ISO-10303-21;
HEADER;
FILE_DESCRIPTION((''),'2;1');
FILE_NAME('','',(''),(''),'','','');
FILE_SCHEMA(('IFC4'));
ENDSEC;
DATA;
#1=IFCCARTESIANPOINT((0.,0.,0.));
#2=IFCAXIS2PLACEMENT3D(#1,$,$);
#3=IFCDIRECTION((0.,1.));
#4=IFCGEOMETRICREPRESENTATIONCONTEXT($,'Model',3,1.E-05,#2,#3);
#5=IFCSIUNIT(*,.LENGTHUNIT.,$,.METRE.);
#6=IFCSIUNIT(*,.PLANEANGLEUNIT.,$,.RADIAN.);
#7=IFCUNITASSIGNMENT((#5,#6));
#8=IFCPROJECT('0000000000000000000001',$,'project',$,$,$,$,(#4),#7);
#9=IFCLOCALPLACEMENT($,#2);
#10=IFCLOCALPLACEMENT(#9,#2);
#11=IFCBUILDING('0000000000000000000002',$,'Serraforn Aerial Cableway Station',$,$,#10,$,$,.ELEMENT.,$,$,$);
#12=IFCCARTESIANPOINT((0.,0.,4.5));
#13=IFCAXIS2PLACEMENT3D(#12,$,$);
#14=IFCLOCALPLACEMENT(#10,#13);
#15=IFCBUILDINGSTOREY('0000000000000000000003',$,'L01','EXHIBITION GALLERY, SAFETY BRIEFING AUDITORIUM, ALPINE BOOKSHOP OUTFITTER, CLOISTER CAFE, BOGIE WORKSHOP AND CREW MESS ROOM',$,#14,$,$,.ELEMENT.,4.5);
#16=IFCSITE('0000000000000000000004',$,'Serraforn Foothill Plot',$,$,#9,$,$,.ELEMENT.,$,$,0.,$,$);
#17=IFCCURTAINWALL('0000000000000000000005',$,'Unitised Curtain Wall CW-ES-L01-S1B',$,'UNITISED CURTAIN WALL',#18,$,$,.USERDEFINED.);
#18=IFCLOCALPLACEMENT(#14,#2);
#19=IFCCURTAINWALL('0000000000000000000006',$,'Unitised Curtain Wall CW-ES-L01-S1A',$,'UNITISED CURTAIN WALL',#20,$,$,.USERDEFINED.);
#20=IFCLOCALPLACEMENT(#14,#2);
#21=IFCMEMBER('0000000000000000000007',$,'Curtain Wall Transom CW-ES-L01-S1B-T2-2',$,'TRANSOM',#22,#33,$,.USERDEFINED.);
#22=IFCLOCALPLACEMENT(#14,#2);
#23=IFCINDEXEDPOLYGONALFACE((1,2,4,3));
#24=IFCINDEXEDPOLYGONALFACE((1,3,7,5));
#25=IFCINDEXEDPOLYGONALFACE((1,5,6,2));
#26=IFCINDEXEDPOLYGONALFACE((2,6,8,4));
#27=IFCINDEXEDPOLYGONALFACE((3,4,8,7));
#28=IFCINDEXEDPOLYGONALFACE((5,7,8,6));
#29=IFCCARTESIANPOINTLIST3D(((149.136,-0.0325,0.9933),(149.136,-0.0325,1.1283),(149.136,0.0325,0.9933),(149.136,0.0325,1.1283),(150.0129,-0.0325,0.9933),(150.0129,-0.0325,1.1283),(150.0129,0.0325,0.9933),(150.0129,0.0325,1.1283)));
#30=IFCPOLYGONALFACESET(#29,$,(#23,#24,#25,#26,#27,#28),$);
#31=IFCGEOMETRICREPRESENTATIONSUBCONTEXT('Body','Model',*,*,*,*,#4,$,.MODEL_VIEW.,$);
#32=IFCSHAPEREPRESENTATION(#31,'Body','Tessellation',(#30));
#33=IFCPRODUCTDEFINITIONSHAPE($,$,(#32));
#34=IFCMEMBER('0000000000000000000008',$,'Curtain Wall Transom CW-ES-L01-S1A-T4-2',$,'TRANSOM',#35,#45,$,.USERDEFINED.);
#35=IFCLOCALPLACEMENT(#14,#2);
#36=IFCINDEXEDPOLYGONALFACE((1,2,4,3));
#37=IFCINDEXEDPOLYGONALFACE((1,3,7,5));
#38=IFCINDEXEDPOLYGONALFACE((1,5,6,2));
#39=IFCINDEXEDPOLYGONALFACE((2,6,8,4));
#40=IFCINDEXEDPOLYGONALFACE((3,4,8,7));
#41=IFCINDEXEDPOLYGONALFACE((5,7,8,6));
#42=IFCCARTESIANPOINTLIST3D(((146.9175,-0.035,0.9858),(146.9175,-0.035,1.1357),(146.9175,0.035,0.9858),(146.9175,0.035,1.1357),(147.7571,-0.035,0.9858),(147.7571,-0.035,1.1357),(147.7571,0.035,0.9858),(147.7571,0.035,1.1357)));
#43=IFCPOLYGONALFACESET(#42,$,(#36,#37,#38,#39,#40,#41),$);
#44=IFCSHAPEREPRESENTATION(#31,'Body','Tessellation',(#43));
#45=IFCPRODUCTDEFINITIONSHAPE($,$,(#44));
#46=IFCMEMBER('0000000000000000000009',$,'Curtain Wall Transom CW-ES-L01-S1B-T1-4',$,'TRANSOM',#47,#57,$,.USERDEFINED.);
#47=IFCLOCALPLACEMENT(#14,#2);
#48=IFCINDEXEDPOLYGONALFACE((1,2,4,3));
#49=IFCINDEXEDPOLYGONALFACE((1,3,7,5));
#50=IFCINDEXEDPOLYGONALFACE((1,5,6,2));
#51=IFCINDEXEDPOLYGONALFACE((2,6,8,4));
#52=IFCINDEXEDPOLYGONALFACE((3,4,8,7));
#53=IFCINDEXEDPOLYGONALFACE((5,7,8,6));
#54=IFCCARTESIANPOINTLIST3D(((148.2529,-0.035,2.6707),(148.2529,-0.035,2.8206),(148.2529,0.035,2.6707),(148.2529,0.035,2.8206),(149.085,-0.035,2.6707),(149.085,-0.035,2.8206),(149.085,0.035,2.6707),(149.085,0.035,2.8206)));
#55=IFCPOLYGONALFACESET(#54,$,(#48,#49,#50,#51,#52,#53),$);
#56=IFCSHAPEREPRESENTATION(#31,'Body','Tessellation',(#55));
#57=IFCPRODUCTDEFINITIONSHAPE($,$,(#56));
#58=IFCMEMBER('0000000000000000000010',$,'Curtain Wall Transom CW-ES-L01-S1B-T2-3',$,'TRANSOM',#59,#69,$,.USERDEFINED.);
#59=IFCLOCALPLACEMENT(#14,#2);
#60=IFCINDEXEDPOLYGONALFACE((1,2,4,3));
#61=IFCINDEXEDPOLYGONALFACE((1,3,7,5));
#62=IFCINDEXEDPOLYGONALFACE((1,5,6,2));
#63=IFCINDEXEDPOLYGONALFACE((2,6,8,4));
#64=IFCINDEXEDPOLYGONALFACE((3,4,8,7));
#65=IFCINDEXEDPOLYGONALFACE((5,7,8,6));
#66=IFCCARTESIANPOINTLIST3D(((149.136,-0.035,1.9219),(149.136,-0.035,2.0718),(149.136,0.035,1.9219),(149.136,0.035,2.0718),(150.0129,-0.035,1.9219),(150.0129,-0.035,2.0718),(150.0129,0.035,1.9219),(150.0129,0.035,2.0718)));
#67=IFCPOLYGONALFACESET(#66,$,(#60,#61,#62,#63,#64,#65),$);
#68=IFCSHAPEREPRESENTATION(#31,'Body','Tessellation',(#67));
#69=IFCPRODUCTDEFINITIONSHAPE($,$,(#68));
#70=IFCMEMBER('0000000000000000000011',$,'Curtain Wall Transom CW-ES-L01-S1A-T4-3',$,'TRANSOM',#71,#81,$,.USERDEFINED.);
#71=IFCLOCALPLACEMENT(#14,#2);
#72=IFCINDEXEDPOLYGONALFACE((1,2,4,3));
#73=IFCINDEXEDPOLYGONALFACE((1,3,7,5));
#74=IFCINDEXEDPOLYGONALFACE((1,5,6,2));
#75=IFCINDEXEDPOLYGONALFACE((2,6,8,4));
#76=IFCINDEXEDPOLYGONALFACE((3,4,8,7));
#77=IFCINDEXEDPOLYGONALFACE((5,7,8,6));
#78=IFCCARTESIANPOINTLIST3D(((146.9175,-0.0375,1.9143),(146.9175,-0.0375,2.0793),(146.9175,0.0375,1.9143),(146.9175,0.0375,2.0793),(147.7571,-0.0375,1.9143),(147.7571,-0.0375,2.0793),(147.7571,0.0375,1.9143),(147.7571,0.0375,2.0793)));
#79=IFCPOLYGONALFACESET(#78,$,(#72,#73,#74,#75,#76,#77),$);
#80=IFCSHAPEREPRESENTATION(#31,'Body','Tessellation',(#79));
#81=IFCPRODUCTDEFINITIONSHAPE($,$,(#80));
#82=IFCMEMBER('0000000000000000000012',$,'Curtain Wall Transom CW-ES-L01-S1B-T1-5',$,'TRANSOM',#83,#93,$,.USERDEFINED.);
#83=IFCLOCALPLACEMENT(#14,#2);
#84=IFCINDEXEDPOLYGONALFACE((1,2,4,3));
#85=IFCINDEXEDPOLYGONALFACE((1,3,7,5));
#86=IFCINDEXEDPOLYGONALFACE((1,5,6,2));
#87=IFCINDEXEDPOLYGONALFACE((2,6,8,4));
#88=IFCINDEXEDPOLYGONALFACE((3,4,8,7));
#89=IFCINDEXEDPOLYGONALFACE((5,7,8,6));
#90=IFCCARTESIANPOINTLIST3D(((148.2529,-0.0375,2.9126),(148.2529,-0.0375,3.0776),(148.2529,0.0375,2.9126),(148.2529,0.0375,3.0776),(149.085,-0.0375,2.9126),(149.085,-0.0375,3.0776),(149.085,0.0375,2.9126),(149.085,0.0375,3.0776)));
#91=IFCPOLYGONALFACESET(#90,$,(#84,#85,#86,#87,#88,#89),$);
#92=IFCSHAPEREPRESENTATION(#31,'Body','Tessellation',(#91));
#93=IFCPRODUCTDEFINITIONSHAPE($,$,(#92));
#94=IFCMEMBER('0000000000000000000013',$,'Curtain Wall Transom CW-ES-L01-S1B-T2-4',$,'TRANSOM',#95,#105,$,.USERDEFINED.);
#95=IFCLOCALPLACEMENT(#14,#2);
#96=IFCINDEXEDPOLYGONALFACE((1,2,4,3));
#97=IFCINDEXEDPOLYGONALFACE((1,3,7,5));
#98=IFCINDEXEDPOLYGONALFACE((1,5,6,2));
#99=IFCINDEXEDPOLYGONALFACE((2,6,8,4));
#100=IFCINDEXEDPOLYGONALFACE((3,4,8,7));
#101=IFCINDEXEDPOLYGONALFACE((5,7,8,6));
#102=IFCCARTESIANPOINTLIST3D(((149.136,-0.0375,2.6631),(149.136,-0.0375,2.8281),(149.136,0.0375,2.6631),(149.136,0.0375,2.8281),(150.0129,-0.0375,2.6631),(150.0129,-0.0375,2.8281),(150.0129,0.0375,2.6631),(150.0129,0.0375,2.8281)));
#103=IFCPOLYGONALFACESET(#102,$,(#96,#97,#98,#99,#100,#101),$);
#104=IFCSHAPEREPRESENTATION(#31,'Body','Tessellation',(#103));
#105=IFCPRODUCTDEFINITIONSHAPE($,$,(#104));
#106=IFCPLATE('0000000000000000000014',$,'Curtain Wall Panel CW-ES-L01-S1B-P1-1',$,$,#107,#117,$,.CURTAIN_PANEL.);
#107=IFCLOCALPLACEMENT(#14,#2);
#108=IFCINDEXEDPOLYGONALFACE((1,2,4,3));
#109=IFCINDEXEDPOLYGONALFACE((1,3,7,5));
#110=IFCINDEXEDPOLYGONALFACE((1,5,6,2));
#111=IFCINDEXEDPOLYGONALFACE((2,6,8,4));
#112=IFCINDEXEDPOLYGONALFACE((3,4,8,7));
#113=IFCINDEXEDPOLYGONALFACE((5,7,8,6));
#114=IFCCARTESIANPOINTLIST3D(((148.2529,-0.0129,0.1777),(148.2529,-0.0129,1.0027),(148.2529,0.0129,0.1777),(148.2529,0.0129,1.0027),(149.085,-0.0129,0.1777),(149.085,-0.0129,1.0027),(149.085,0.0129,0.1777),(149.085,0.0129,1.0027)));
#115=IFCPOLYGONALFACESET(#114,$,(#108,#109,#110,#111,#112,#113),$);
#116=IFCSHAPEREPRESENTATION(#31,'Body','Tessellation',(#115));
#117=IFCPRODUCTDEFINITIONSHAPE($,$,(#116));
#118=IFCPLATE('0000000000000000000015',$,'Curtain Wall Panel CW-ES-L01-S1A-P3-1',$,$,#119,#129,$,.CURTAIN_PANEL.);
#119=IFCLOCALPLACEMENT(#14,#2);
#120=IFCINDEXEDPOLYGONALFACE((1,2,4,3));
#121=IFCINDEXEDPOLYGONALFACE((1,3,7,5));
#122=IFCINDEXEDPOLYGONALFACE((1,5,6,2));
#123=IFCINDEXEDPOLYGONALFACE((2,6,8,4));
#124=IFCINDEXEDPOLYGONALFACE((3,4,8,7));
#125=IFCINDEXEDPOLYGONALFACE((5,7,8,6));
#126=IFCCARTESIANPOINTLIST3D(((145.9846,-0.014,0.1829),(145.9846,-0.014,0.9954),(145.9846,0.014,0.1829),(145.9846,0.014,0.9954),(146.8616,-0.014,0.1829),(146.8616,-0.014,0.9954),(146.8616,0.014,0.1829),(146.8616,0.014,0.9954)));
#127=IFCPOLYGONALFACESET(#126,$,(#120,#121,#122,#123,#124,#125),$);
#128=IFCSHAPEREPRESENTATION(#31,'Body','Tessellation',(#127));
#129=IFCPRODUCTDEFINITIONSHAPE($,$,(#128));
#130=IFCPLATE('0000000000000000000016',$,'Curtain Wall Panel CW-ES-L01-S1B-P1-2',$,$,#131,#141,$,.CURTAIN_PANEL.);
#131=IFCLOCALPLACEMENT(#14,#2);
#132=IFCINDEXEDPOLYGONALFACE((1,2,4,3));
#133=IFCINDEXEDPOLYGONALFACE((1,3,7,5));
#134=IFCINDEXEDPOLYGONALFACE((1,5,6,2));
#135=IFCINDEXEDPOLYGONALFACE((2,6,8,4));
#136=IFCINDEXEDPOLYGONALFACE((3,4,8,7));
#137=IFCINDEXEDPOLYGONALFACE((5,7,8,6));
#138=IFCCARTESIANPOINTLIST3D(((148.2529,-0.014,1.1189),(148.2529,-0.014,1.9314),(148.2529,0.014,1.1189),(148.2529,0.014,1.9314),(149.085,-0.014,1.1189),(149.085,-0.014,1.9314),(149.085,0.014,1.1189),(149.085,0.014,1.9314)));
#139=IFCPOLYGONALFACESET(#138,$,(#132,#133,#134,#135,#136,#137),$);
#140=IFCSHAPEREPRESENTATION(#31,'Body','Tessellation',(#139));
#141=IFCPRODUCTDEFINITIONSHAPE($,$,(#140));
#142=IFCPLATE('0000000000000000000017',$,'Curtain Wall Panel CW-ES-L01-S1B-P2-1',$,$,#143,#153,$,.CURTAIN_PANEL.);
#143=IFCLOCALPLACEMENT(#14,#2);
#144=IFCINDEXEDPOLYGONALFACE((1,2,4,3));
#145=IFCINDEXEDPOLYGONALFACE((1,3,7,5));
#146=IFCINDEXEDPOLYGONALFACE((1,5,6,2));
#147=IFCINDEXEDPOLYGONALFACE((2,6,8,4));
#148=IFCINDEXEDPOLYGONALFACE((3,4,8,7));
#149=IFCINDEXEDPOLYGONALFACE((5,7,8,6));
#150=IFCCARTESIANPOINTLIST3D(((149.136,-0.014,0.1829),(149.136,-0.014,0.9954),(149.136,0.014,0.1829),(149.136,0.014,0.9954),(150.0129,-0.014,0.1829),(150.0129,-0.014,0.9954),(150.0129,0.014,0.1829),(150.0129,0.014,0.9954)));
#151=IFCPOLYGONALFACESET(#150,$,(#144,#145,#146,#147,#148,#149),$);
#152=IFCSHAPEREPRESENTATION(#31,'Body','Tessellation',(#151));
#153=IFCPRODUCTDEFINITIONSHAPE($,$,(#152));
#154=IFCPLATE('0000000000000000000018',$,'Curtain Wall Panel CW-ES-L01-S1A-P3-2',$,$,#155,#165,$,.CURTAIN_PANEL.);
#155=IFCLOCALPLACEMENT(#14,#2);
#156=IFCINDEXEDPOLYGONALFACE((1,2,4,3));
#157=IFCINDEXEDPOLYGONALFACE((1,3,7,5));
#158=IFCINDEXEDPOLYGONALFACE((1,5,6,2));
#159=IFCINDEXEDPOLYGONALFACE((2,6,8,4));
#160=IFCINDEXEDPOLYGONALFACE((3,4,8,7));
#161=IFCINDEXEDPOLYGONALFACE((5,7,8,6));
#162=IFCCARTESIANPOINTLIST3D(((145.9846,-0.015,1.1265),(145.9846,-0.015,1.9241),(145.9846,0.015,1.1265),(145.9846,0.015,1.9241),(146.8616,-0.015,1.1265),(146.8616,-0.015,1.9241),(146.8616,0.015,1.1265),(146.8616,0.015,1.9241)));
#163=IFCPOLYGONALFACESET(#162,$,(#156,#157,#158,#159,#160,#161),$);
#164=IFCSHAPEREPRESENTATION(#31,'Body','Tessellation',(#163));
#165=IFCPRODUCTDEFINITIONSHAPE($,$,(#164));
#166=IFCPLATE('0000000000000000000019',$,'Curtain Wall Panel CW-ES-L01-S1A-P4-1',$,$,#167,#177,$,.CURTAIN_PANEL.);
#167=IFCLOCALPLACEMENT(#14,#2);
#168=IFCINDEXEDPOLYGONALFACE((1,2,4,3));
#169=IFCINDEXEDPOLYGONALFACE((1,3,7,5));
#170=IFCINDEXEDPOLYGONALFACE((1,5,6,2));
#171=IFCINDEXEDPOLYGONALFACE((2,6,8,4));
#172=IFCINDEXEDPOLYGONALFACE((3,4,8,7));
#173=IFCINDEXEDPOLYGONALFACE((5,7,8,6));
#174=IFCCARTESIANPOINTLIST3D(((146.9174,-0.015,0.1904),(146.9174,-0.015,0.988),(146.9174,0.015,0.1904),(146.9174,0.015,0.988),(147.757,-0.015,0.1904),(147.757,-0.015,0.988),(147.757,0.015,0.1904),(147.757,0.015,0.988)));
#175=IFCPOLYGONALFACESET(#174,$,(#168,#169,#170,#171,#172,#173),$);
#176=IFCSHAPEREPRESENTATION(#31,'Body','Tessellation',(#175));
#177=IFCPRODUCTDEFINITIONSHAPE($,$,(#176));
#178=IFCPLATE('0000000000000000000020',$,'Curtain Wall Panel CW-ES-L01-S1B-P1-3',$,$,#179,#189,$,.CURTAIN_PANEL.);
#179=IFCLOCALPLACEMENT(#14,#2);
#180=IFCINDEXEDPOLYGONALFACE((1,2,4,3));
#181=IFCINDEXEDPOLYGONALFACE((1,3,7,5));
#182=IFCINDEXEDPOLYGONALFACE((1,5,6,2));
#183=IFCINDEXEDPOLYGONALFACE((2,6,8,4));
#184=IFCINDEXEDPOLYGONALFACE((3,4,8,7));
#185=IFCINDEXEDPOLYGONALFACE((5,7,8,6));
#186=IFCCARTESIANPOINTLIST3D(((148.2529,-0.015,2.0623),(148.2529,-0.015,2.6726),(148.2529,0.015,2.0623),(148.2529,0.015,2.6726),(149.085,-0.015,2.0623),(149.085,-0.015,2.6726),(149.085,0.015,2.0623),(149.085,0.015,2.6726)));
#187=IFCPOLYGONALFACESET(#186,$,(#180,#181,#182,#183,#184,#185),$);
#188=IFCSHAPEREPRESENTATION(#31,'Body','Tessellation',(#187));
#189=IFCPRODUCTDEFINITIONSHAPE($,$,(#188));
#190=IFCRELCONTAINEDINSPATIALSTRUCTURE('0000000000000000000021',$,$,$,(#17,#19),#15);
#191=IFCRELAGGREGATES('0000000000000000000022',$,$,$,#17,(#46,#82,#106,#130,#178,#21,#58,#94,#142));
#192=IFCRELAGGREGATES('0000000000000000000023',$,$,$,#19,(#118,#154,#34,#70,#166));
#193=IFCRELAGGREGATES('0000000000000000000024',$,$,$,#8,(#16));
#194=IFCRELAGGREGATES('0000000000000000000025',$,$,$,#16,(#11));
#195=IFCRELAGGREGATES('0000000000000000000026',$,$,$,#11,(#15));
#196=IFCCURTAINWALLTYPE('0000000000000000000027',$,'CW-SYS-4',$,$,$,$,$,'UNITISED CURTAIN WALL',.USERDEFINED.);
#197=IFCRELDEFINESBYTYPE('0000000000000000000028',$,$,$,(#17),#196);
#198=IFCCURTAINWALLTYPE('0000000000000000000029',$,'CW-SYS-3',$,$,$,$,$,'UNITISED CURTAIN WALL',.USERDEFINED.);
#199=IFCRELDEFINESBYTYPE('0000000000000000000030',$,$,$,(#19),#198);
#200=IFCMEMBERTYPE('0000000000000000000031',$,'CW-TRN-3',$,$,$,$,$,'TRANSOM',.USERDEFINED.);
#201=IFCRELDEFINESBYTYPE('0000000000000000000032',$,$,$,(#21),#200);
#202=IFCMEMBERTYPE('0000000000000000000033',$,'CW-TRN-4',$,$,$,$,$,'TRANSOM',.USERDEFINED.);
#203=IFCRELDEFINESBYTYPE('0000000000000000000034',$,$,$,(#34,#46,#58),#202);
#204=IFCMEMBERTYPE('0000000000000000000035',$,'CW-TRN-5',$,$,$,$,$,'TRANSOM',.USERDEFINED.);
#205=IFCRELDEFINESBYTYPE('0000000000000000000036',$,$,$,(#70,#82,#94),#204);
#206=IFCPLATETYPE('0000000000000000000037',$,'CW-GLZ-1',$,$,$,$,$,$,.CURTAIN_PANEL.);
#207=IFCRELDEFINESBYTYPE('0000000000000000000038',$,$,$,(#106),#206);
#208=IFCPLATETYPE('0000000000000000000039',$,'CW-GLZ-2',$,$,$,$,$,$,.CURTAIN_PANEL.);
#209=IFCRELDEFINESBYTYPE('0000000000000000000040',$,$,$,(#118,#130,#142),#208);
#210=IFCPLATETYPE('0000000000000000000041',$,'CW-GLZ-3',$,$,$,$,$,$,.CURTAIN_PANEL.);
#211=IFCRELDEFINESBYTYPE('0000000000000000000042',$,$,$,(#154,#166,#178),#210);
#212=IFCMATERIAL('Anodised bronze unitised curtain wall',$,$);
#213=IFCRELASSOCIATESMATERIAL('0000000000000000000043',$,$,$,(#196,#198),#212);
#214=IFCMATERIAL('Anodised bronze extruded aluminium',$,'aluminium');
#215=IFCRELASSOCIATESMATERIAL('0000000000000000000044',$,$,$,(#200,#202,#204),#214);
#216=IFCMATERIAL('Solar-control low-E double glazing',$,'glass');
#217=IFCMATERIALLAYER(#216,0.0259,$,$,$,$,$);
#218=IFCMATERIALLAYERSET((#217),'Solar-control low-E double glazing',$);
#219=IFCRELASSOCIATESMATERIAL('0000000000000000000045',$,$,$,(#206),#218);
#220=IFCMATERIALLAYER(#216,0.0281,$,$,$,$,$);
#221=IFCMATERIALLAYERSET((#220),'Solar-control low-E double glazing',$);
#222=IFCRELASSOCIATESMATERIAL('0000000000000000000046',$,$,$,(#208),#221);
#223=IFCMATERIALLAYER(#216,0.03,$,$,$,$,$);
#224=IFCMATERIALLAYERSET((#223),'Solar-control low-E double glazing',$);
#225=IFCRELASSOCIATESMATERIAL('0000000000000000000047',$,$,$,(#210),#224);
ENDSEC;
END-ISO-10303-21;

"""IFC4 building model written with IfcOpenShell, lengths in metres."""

from ifc_helpers import new_model, si_unit, direction, frame, origin, origin_2d, place, context, subcontext, project, spatial, rectangle, extrude, material, layer, layer_set, material_profile, profile_set, type_object, element, aggregate, save


model = new_model("IFC4")

# Units and contexts
model_context = context("Model", 3, precision=1e-05, world=origin(), true_north=direction((0.0, 1.0)))
body_context = subcontext(model_context, "Body", "Model", "MODEL_VIEW")
ifc_project = project(units=[si_unit("LENGTHUNIT", "METRE"), si_unit("PLANEANGLEUNIT", "RADIAN")], contexts=[model_context])

# Site, building, storey
site_placement = place(None, origin())
site = spatial("IfcSite", under=ifc_project, at=site_placement, Name="Serraforn Foothill Plot", CompositionType="ELEMENT", RefElevation=0.0)
building_placement = place(site_placement, origin())
building = spatial("IfcBuilding", under=site, at=building_placement, Name="Serraforn Aerial Cableway Station", CompositionType="ELEMENT")
storey_placement = place(building_placement, frame((0.0, 0.0, 4.5)))
storey = spatial("IfcBuildingStorey", under=building, at=storey_placement, Name="L01", Description="EXHIBITION GALLERY, SAFETY BRIEFING AUDITORIUM, ALPINE BOOKSHOP OUTFITTER, CLOISTER CAFE, BOGIE WORKSHOP AND CREW MESS ROOM", CompositionType="ELEMENT", Elevation=4.5)

# Curtain wall
ifc_material_1 = material(Name="Anodised bronze unitised curtain wall")
curtain_wall_type_1 = type_object("IfcCurtainWallType", Name="CW-SYS-4", ElementType="UNITISED CURTAIN WALL", PredefinedType="USERDEFINED", material=ifc_material_1)
curtain_wall_1_placement = place(storey_placement, origin())
curtain_wall_1 = element("IfcCurtainWall", 1, at=curtain_wall_1_placement, inside=storey, type_object=curtain_wall_type_1, Name="Unitised Curtain Wall CW-ES-L01-S1B", ObjectType="UNITISED CURTAIN WALL", PredefinedType="USERDEFINED")
ifc_material_2 = material(Name="Anodised bronze extruded aluminium", Category="aluminium")

# Curtain wall
curtain_wall_type_2 = type_object("IfcCurtainWallType", Name="CW-SYS-3", ElementType="UNITISED CURTAIN WALL", PredefinedType="USERDEFINED", material=ifc_material_1)
curtain_wall_2_placement = place(storey_placement, origin())
curtain_wall_2 = element("IfcCurtainWall", 2, at=curtain_wall_2_placement, inside=storey, type_object=curtain_wall_type_2, Name="Unitised Curtain Wall CW-ES-L01-S1A", ObjectType="UNITISED CURTAIN WALL", PredefinedType="USERDEFINED")

# Members
ifc_material_profile_1 = material_profile(ifc_material_2, rectangle(XDim=0.0649, YDim=0.135, at=origin_2d()), Name="CW TRANSOM 65x135")
ifc_profile_set_1 = profile_set([ifc_material_profile_1], Name="Anodised bronze extruded aluminium")
member_type_1 = type_object("IfcMemberType", Name="CW-TRN-3", ElementType="TRANSOM", PredefinedType="USERDEFINED", material=ifc_profile_set_1)
member_1_placement = place(storey_placement, frame((149.136, 0.0, 1.0608), z_axis=(1.0, 0.0, 0.0), x_axis=(0.0, 1.0, 0.0)))
member_1 = element("IfcMember", 3, at=member_1_placement, type_object=member_type_1, Name="Curtain Wall Transom CW-ES-L01-S1B-T2-2", ObjectType="TRANSOM", PredefinedType="USERDEFINED", context=body_context, shape_type="SweptSolid", body=[
    extrude(rectangle(XDim=0.0649, YDim=0.135, at=origin_2d()), origin(), (0.0, 0.0, 1.0), 0.877),
])
ifc_material_profile_2 = material_profile(ifc_material_2, rectangle(XDim=0.0701, YDim=0.1499, at=origin_2d()), Name="CW TRANSOM 70x150")
ifc_profile_set_2 = profile_set([ifc_material_profile_2], Name="Anodised bronze extruded aluminium")
member_type_2 = type_object("IfcMemberType", Name="CW-TRN-4", ElementType="TRANSOM", PredefinedType="USERDEFINED", material=ifc_profile_set_2)
member_2_placement = place(storey_placement, frame((146.9175, 0.0, 1.0608), z_axis=(1.0, 0.0, 0.0), x_axis=(0.0, 1.0, 0.0)))
member_2 = element("IfcMember", 4, at=member_2_placement, type_object=member_type_2, Name="Curtain Wall Transom CW-ES-L01-S1A-T4-2", ObjectType="TRANSOM", PredefinedType="USERDEFINED", context=body_context, shape_type="SweptSolid", body=[
    extrude(rectangle(XDim=0.0701, YDim=0.1499, at=origin_2d()), origin(), (0.0, 0.0, 1.0), 0.8396),
])
member_3_placement = place(storey_placement, frame((148.2529, 0.0, 2.7456), z_axis=(1.0, 0.0, 0.0), x_axis=(0.0, 1.0, 0.0)))
member_3 = element("IfcMember", 5, at=member_3_placement, type_object=member_type_2, Name="Curtain Wall Transom CW-ES-L01-S1B-T1-4", ObjectType="TRANSOM", PredefinedType="USERDEFINED", context=body_context, shape_type="SweptSolid", body=[
    extrude(rectangle(XDim=0.0701, YDim=0.1499, at=origin_2d()), origin(), (0.0, 0.0, 1.0), 0.832),
])
member_4_placement = place(storey_placement, frame((149.136, 0.0, 1.9968), z_axis=(1.0, 0.0, 0.0), x_axis=(0.0, 1.0, 0.0)))
member_4 = element("IfcMember", 6, at=member_4_placement, type_object=member_type_2, Name="Curtain Wall Transom CW-ES-L01-S1B-T2-3", ObjectType="TRANSOM", PredefinedType="USERDEFINED", context=body_context, shape_type="SweptSolid", body=[
    extrude(rectangle(XDim=0.0701, YDim=0.1499, at=origin_2d()), origin(), (0.0, 0.0, 1.0), 0.877),
])
ifc_material_profile_3 = material_profile(ifc_material_2, rectangle(XDim=0.075, YDim=0.165, at=origin_2d()), Name="CW TRANSOM 75x165")
ifc_profile_set_3 = profile_set([ifc_material_profile_3], Name="Anodised bronze extruded aluminium")
member_type_3 = type_object("IfcMemberType", Name="CW-TRN-5", ElementType="TRANSOM", PredefinedType="USERDEFINED", material=ifc_profile_set_3)
member_5_placement = place(storey_placement, frame((146.9175, 0.0, 1.9968), z_axis=(1.0, 0.0, 0.0), x_axis=(0.0, 1.0, 0.0)))
member_5 = element("IfcMember", 7, at=member_5_placement, type_object=member_type_3, Name="Curtain Wall Transom CW-ES-L01-S1A-T4-3", ObjectType="TRANSOM", PredefinedType="USERDEFINED", context=body_context, shape_type="SweptSolid", body=[
    extrude(rectangle(XDim=0.075, YDim=0.165, at=origin_2d()), origin(), (0.0, 0.0, 1.0), 0.8396),
])
member_6_placement = place(storey_placement, frame((148.2529, 0.0, 2.9951), z_axis=(1.0, 0.0, 0.0), x_axis=(0.0, 1.0, 0.0)))
member_6 = element("IfcMember", 8, at=member_6_placement, type_object=member_type_3, Name="Curtain Wall Transom CW-ES-L01-S1B-T1-5", ObjectType="TRANSOM", PredefinedType="USERDEFINED", context=body_context, shape_type="SweptSolid", body=[
    extrude(rectangle(XDim=0.075, YDim=0.165, at=origin_2d()), origin(), (0.0, 0.0, 1.0), 0.832),
])
member_7_placement = place(storey_placement, frame((149.136, 0.0, 2.7456), z_axis=(1.0, 0.0, 0.0), x_axis=(0.0, 1.0, 0.0)))
member_7 = element("IfcMember", 9, at=member_7_placement, type_object=member_type_3, Name="Curtain Wall Transom CW-ES-L01-S1B-T2-4", ObjectType="TRANSOM", PredefinedType="USERDEFINED", context=body_context, shape_type="SweptSolid", body=[
    extrude(rectangle(XDim=0.075, YDim=0.165, at=origin_2d()), origin(), (0.0, 0.0, 1.0), 0.877),
])

# Plates
ifc_material_3 = material(Name="Solar-control low-E double glazing", Category="glass")
ifc_layer_1 = layer(ifc_material_3, 0.0259)
ifc_layer_set_1 = layer_set([ifc_layer_1], Name="Solar-control low-E double glazing")
plate_type_1 = type_object("IfcPlateType", Name="CW-GLZ-1", PredefinedType="CURTAIN_PANEL", material=ifc_layer_set_1)
plate_1_placement = place(storey_placement, frame((148.6689, 0.0, 0.1777), z_axis=(0.0, 0.0, 1.0), x_axis=(1.0, 0.0, 0.0)))
plate_1 = element("IfcPlate", 10, at=plate_1_placement, type_object=plate_type_1, Name="Curtain Wall Panel CW-ES-L01-S1B-P1-1", PredefinedType="CURTAIN_PANEL", context=body_context, shape_type="SweptSolid", body=[
    extrude(rectangle(XDim=0.832, YDim=0.0259, at=origin_2d()), origin(), (0.0, 0.0, 1.0), 0.825),
])
ifc_layer_2 = layer(ifc_material_3, 0.0281)
ifc_layer_set_2 = layer_set([ifc_layer_2], Name="Solar-control low-E double glazing")
plate_type_2 = type_object("IfcPlateType", Name="CW-GLZ-2", PredefinedType="CURTAIN_PANEL", material=ifc_layer_set_2)
plate_2_placement = place(storey_placement, frame((146.4231, 0.0, 0.1829), z_axis=(0.0, 0.0, 1.0), x_axis=(1.0, 0.0, 0.0)))
plate_2 = element("IfcPlate", 11, at=plate_2_placement, type_object=plate_type_2, Name="Curtain Wall Panel CW-ES-L01-S1A-P3-1", PredefinedType="CURTAIN_PANEL", context=body_context, shape_type="SweptSolid", body=[
    extrude(rectangle(XDim=0.877, YDim=0.0281, at=origin_2d()), origin(), (0.0, 0.0, 1.0), 0.8125),
])
plate_3_placement = place(storey_placement, frame((148.6689, 0.0, 1.1189), z_axis=(0.0, 0.0, 1.0), x_axis=(1.0, 0.0, 0.0)))
plate_3 = element("IfcPlate", 12, at=plate_3_placement, type_object=plate_type_2, Name="Curtain Wall Panel CW-ES-L01-S1B-P1-2", PredefinedType="CURTAIN_PANEL", context=body_context, shape_type="SweptSolid", body=[
    extrude(rectangle(XDim=0.832, YDim=0.0281, at=origin_2d()), origin(), (0.0, 0.0, 1.0), 0.8125),
])
plate_4_placement = place(storey_placement, frame((149.5745, 0.0, 0.1829), z_axis=(0.0, 0.0, 1.0), x_axis=(1.0, 0.0, 0.0)))
plate_4 = element("IfcPlate", 13, at=plate_4_placement, type_object=plate_type_2, Name="Curtain Wall Panel CW-ES-L01-S1B-P2-1", PredefinedType="CURTAIN_PANEL", context=body_context, shape_type="SweptSolid", body=[
    extrude(rectangle(XDim=0.877, YDim=0.0281, at=origin_2d()), origin(), (0.0, 0.0, 1.0), 0.8125),
])
ifc_layer_3 = layer(ifc_material_3, 0.03)
ifc_layer_set_3 = layer_set([ifc_layer_3], Name="Solar-control low-E double glazing")
plate_type_3 = type_object("IfcPlateType", Name="CW-GLZ-3", PredefinedType="CURTAIN_PANEL", material=ifc_layer_set_3)
plate_5_placement = place(storey_placement, frame((146.4231, 0.0, 1.1265), z_axis=(0.0, 0.0, 1.0), x_axis=(1.0, 0.0, 0.0)))
plate_5 = element("IfcPlate", 14, at=plate_5_placement, type_object=plate_type_3, Name="Curtain Wall Panel CW-ES-L01-S1A-P3-2", PredefinedType="CURTAIN_PANEL", context=body_context, shape_type="SweptSolid", body=[
    extrude(rectangle(XDim=0.877, YDim=0.03, at=origin_2d()), origin(), (0.0, 0.0, 1.0), 0.7976),
])
plate_6_placement = place(storey_placement, frame((147.3372, 0.0, 0.1904), z_axis=(0.0, 0.0, 1.0), x_axis=(1.0, 0.0, 0.0)))
plate_6 = element("IfcPlate", 15, at=plate_6_placement, type_object=plate_type_3, Name="Curtain Wall Panel CW-ES-L01-S1A-P4-1", PredefinedType="CURTAIN_PANEL", context=body_context, shape_type="SweptSolid", body=[
    extrude(rectangle(XDim=0.8396, YDim=0.03, at=origin_2d()), origin(), (0.0, 0.0, 1.0), 0.7976),
])
plate_7_placement = place(storey_placement, frame((148.6689, 0.0, 2.0623), z_axis=(0.0, 0.0, 1.0), x_axis=(1.0, 0.0, 0.0)))
plate_7 = element("IfcPlate", 16, at=plate_7_placement, type_object=plate_type_3, Name="Curtain Wall Panel CW-ES-L01-S1B-P1-3", PredefinedType="CURTAIN_PANEL", context=body_context, shape_type="SweptSolid", body=[
    extrude(rectangle(XDim=0.832, YDim=0.03, at=origin_2d()), origin(), (0.0, 0.0, 1.0), 0.6104),
])
aggregate(curtain_wall_1, [member_3, member_6, plate_1, plate_3, plate_7, member_1, member_4, member_7, plate_4])
aggregate(curtain_wall_2, [plate_2, plate_5, member_2, member_5, plate_6])

save(model, "model.ifc")
